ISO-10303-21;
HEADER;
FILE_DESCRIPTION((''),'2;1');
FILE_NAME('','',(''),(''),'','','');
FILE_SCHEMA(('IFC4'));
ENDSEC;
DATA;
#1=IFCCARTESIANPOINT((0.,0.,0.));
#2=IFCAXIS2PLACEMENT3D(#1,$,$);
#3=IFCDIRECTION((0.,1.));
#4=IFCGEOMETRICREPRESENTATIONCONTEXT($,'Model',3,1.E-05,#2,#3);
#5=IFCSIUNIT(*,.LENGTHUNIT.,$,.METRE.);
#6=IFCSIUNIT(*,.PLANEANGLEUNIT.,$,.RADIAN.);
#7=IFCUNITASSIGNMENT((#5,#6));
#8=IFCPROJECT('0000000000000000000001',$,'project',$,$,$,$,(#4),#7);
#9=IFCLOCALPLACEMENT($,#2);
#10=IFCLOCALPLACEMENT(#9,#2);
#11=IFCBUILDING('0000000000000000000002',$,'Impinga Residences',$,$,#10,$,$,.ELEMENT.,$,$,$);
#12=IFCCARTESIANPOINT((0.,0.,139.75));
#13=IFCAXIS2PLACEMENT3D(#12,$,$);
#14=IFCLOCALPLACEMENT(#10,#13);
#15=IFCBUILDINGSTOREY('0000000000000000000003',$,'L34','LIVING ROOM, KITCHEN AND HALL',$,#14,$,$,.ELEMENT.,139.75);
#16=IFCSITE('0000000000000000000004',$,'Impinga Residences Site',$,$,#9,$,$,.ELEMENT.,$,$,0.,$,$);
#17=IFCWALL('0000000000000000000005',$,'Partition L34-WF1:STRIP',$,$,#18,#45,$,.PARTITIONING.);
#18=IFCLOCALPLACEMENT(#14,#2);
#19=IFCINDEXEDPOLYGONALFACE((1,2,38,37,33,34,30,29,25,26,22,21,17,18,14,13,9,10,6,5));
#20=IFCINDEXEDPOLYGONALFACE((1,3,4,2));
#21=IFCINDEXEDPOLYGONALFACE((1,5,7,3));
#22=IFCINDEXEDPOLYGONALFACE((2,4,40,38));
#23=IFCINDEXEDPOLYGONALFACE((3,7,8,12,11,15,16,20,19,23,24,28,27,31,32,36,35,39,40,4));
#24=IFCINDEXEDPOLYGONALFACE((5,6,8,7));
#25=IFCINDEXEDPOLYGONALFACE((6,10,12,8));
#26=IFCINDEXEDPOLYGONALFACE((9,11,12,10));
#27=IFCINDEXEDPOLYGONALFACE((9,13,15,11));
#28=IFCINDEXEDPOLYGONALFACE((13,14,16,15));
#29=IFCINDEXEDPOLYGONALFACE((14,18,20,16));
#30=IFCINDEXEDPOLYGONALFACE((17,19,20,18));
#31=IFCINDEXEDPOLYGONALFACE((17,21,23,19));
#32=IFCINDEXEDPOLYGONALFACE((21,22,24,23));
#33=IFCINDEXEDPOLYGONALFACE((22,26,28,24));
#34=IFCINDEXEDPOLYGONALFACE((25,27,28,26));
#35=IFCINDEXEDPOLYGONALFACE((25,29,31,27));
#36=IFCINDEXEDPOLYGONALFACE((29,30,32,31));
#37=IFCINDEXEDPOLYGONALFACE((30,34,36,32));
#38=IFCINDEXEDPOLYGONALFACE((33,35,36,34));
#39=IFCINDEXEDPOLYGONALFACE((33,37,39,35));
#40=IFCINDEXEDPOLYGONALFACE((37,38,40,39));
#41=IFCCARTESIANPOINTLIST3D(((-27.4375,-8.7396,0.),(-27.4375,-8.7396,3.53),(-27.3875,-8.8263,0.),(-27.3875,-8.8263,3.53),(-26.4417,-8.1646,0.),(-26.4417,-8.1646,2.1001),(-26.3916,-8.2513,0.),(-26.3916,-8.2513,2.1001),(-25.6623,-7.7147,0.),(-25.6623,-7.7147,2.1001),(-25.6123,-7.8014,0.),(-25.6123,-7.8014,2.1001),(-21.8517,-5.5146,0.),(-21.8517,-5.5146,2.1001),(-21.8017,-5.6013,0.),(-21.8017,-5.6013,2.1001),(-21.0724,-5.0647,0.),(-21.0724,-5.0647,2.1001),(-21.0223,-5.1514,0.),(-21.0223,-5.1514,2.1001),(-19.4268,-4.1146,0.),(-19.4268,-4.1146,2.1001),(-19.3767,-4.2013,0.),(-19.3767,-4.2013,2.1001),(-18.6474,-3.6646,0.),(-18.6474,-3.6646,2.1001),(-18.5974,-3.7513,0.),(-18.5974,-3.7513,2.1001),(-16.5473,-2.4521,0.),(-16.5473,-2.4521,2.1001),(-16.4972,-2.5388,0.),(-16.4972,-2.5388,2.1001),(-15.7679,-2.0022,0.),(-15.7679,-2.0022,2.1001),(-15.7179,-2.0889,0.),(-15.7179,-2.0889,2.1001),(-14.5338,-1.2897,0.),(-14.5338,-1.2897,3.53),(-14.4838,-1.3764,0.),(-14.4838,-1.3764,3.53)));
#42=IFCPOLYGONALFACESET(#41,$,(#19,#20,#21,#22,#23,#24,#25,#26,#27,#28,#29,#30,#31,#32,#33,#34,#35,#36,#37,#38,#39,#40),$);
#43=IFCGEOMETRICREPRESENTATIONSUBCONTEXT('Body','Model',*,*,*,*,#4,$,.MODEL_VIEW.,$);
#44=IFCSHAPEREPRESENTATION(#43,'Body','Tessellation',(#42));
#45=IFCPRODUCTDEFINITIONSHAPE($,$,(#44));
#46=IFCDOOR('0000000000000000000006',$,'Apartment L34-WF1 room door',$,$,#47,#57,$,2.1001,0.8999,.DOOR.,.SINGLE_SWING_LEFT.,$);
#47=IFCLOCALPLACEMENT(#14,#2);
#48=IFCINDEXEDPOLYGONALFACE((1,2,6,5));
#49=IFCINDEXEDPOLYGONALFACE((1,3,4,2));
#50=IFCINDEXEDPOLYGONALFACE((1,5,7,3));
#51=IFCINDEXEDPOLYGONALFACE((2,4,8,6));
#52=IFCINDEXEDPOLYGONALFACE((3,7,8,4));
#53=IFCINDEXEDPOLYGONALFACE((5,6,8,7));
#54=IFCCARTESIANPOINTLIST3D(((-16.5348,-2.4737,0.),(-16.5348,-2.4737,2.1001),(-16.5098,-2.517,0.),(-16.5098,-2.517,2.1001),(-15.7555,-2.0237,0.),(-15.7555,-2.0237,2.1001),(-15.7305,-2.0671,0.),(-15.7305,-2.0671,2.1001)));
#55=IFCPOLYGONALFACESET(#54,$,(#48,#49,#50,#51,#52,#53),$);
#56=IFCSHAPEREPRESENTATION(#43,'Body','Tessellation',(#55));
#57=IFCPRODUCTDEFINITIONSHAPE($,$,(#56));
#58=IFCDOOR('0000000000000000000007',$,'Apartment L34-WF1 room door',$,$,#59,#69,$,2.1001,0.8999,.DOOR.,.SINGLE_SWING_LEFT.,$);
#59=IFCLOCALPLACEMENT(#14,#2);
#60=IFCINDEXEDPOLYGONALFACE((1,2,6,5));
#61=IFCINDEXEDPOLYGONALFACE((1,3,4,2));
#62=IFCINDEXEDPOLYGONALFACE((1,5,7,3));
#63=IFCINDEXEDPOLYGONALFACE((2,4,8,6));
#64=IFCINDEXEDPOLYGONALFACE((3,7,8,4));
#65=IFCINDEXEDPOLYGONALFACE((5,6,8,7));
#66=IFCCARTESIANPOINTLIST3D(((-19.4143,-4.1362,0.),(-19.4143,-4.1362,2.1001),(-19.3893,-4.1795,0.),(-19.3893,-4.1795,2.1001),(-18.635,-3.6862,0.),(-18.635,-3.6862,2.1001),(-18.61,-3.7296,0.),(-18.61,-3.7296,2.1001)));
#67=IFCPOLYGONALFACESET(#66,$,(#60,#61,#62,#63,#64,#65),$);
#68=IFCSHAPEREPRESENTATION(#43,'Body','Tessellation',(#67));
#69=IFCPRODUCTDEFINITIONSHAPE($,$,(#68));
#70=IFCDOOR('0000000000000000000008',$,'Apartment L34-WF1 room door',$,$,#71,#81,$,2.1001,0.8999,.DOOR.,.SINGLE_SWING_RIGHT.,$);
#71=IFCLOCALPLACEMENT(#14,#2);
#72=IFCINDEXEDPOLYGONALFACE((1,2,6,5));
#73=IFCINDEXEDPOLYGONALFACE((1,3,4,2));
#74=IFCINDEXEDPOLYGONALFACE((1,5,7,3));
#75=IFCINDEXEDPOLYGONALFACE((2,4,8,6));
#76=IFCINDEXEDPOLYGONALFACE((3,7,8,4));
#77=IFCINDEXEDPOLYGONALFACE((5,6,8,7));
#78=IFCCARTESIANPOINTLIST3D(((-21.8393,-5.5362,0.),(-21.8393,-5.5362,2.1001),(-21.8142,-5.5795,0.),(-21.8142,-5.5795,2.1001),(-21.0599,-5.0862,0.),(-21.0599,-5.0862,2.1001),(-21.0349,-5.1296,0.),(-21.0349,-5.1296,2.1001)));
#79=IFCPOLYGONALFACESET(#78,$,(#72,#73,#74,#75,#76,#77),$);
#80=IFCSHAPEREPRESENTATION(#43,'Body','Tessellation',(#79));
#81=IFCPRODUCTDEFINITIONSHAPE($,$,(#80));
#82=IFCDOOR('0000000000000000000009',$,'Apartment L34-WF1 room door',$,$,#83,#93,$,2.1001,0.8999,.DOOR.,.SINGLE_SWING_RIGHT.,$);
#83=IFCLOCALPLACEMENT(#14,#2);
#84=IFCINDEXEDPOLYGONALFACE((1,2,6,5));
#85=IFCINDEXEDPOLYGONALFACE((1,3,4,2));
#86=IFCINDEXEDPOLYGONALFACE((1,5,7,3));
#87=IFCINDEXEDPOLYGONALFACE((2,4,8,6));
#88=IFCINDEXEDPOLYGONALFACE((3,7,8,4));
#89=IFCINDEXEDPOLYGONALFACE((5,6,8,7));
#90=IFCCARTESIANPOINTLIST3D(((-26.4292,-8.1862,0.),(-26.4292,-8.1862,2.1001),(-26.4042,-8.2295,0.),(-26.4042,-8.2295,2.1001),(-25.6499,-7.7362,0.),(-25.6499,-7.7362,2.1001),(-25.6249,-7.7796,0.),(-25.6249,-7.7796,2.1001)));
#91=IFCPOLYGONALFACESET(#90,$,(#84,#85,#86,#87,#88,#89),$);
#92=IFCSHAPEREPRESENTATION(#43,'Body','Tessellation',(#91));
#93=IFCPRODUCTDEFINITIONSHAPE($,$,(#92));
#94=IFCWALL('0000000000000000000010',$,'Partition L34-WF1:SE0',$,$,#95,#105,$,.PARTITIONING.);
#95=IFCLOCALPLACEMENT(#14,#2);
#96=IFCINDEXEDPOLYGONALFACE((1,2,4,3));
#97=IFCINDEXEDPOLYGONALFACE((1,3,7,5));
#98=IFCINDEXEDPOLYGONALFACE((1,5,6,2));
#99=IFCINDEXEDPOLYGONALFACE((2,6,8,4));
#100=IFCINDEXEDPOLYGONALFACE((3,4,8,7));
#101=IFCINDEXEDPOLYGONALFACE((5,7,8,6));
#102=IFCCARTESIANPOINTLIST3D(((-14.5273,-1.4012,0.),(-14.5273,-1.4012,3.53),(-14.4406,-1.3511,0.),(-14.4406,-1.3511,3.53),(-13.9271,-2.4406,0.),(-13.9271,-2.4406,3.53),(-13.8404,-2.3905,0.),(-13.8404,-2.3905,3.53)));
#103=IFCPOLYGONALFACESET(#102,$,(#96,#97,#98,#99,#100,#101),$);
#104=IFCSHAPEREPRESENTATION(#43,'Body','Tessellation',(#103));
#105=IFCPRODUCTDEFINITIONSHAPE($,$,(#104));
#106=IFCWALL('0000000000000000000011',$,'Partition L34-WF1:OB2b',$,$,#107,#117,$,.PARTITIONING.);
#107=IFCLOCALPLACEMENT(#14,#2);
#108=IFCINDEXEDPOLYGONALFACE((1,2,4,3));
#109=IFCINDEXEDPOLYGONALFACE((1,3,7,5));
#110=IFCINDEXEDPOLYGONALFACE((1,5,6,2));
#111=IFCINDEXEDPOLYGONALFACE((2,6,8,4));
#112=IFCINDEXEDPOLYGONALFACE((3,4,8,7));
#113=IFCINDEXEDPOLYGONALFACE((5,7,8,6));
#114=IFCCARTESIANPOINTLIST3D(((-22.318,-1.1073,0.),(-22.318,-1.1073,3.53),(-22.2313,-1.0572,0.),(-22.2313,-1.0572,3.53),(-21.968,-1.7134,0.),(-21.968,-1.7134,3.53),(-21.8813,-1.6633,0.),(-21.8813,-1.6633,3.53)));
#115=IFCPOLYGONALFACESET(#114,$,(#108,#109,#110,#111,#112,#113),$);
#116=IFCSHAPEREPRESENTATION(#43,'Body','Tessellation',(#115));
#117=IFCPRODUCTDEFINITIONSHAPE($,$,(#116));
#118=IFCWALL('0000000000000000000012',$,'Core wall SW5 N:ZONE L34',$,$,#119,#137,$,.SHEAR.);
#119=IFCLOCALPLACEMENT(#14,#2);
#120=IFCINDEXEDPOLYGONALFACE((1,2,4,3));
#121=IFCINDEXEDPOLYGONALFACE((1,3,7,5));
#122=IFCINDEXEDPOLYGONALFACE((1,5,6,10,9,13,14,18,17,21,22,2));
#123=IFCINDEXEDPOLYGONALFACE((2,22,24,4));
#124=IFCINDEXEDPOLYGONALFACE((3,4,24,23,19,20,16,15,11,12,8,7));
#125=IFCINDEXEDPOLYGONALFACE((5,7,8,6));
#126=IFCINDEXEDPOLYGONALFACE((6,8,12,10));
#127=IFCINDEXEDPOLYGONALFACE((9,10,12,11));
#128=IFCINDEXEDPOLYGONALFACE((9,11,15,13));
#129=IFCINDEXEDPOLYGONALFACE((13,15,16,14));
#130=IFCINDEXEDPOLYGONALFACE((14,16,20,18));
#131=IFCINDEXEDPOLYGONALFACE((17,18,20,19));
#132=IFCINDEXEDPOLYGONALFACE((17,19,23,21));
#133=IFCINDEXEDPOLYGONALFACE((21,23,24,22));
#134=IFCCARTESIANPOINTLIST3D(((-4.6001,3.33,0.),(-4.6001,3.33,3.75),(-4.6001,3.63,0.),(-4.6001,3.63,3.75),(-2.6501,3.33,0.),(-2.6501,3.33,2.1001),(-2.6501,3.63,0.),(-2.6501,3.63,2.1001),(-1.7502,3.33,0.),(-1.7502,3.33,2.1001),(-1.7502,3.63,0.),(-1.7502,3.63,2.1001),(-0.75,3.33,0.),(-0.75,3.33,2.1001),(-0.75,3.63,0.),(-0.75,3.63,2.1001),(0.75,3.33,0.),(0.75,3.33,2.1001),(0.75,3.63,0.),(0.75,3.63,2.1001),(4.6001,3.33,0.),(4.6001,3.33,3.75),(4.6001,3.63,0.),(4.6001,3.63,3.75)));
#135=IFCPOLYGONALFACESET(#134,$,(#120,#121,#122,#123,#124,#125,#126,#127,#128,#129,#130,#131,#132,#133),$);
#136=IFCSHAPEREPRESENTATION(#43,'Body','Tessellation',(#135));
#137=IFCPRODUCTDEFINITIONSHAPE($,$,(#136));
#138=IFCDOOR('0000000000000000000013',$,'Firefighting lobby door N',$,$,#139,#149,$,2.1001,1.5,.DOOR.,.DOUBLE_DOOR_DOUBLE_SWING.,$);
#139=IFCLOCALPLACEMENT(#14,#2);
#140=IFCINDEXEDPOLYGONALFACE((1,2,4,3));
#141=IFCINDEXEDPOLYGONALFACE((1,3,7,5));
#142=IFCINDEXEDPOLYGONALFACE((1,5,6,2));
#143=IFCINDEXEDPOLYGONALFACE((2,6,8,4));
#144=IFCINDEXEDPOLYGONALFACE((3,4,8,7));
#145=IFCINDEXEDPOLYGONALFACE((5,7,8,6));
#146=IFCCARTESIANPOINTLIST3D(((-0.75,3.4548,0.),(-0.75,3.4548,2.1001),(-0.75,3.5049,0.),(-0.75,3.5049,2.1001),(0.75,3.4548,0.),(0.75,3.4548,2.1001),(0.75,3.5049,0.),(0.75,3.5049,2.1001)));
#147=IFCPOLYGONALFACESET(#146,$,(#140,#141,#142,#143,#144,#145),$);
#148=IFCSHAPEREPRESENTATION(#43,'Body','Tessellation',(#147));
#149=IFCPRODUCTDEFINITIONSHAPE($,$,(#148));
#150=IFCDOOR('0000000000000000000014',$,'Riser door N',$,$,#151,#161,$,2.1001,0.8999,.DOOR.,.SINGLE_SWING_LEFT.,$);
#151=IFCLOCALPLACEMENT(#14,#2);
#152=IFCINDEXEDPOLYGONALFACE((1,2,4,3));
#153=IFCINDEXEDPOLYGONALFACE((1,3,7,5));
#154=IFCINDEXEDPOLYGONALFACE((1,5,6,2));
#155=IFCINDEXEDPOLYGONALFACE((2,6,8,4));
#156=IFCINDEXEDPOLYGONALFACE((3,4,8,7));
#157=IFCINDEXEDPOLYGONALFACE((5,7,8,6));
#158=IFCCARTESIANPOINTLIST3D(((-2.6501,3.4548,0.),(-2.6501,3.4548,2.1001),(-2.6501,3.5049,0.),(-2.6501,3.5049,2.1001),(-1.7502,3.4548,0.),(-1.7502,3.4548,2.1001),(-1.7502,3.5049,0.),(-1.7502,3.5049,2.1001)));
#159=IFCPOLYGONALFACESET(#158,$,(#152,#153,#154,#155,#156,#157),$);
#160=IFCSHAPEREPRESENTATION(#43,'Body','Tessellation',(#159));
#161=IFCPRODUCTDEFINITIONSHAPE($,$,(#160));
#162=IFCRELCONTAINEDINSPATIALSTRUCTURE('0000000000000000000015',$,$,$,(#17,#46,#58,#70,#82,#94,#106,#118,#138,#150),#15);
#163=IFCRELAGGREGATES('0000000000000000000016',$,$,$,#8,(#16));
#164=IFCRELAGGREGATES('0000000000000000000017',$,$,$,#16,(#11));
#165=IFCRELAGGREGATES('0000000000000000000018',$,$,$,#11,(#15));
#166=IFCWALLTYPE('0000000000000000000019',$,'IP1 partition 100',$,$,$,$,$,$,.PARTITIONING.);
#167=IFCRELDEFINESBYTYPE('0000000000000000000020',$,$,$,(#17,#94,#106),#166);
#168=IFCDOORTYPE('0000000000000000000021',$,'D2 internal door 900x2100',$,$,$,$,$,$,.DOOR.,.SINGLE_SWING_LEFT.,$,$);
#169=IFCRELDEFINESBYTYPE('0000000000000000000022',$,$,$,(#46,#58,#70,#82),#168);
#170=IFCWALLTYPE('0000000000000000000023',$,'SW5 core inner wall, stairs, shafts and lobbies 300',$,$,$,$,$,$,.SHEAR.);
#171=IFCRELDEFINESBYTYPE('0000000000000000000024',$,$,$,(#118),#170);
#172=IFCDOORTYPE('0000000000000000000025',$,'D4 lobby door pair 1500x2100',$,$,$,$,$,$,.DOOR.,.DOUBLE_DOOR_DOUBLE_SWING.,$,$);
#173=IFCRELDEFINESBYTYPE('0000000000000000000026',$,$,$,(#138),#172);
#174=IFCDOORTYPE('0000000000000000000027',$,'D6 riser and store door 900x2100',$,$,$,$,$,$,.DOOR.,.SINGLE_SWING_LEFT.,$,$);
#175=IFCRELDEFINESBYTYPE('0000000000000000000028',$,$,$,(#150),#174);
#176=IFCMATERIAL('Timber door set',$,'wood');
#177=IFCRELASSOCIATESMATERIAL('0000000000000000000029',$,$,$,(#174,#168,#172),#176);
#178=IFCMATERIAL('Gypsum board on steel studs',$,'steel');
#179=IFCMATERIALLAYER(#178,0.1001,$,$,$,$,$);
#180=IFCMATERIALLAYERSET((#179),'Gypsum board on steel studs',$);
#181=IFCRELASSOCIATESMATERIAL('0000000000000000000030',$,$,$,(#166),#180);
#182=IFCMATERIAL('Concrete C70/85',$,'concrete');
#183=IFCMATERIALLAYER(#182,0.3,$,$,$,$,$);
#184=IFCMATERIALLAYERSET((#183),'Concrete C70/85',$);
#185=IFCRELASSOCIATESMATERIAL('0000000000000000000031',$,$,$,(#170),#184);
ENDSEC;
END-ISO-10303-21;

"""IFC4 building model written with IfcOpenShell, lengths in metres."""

from ifc_helpers import new_model, si_unit, direction, frame, frame_2d, origin, place, context, subcontext, project, spatial, rectangle, extrude, material, layer, layer_set, type_object, element, fill, save


model = new_model("IFC4")

# Units and contexts
model_context = context("Model", 3, precision=1e-05, world=origin(), true_north=direction((0.0, 1.0)))
body_context = subcontext(model_context, "Body", "Model", "MODEL_VIEW")
ifc_project = project(units=[si_unit("LENGTHUNIT", "METRE"), si_unit("PLANEANGLEUNIT", "RADIAN")], contexts=[model_context])

# Site, building, storey
site_placement = place(None, origin())
site = spatial("IfcSite", under=ifc_project, at=site_placement, Name="Impinga Residences Site", CompositionType="ELEMENT", RefElevation=0.0)
building_placement = place(site_placement, origin())
building = spatial("IfcBuilding", under=site, at=building_placement, Name="Impinga Residences", CompositionType="ELEMENT")
storey_placement = place(building_placement, frame((0.0, 0.0, 139.75)))
storey = spatial("IfcBuildingStorey", under=building, at=storey_placement, Name="L34", Description="LIVING ROOM, KITCHEN AND HALL", CompositionType="ELEMENT", Elevation=139.75)

# Shared definitions
ifc_material_1 = material(Name="Timber door set", Category="wood")
door_type_1 = type_object("IfcDoorType", Name="D6 riser and store door 900x2100", OperationType="SINGLE_SWING_LEFT", PredefinedType="DOOR", material=ifc_material_1)

# Shared definitions
ifc_material_2 = material(Name="Gypsum board on steel studs", Category="steel")
ifc_layer_1 = layer(ifc_material_2, 0.1001)
ifc_layer_set_1 = layer_set([ifc_layer_1], Name="Gypsum board on steel studs")
wall_type_1 = type_object("IfcWallType", Name="IP1 partition 100", PredefinedType="PARTITIONING", material=ifc_layer_set_1)

# Wall, openings, doors
wall_1_placement = place(storey_placement, frame((-14.5088, -1.333, 0.0), z_axis=(0.0, 0.0, 1.0), x_axis=(-0.866027, -0.499997, 0.0)))
wall_1 = element("IfcWall", 1, at=wall_1_placement, inside=storey, type_object=wall_type_1, Name="Partition L34-WF1:STRIP", PredefinedType="PARTITIONING", context=body_context, shape_type="SweptSolid", body=[
    extrude(rectangle(XDim=14.8999, YDim=0.1001, at=frame_2d((7.45, 0.0))), origin(), (0.0, 0.0, 1.0), 3.53),
])
opening_1_placement = place(wall_1_placement, frame((1.425, 0.0, 0.0)))
opening_1 = element("IfcOpeningElement", 2, at=opening_1_placement, cuts=wall_1, PredefinedType="OPENING", context=body_context, shape_type="SweptSolid", body=[
    extrude(rectangle(XDim=0.8999, YDim=2.1001, at=frame_2d((0.45, 1.05))), frame((0.0, 0.0601, 0.0), z_axis=(0.0, -1.0, 0.0), x_axis=(1.0, 0.0, 0.0)), (0.0, 0.0, 1.0), 0.1201),
])
opening_2_placement = place(wall_1_placement, frame((4.75, 0.0, 0.0)))
opening_2 = element("IfcOpeningElement", 3, at=opening_2_placement, cuts=wall_1, PredefinedType="OPENING", context=body_context, shape_type="SweptSolid", body=[
    extrude(rectangle(XDim=0.8999, YDim=2.1001, at=frame_2d((0.45, 1.05))), frame((0.0, 0.0601, 0.0), z_axis=(0.0, -1.0, 0.0), x_axis=(1.0, 0.0, 0.0)), (0.0, 0.0, 1.0), 0.1201),
])
opening_3_placement = place(wall_1_placement, frame((7.55, 0.0, 0.0)))
opening_3 = element("IfcOpeningElement", 4, at=opening_3_placement, cuts=wall_1, PredefinedType="OPENING", context=body_context, shape_type="SweptSolid", body=[
    extrude(rectangle(XDim=0.8999, YDim=2.1001, at=frame_2d((0.45, 1.05))), frame((0.0, 0.0601, 0.0), z_axis=(0.0, -1.0, 0.0), x_axis=(1.0, 0.0, 0.0)), (0.0, 0.0, 1.0), 0.1201),
])
opening_4_placement = place(wall_1_placement, frame((12.8501, 0.0, 0.0)))
opening_4 = element("IfcOpeningElement", 5, at=opening_4_placement, cuts=wall_1, PredefinedType="OPENING", context=body_context, shape_type="SweptSolid", body=[
    extrude(rectangle(XDim=0.8999, YDim=2.1001, at=frame_2d((0.45, 1.05))), frame((0.0, 0.0601, 0.0), z_axis=(0.0, -1.0, 0.0), x_axis=(1.0, 0.0, 0.0)), (0.0, 0.0, 1.0), 0.1201),
])
door_type_2 = type_object("IfcDoorType", Name="D2 internal door 900x2100", OperationType="SINGLE_SWING_LEFT", PredefinedType="DOOR", material=ifc_material_1)
door_1_placement = place(opening_1_placement, origin())
door_1 = element("IfcDoor", 6, at=door_1_placement, inside=storey, type_object=door_type_2, Name="Apartment L34-WF1 room door", OperationType="SINGLE_SWING_LEFT", OverallHeight=2.1001, OverallWidth=0.8999, PredefinedType="DOOR", context=body_context, shape_type="SweptSolid", body=[
    extrude(rectangle(XDim=0.8999, YDim=2.1001, at=frame_2d((0.45, 1.05))), frame((0.0, 0.0249, 0.0), z_axis=(0.0, -1.0, 0.0), x_axis=(1.0, 0.0, 0.0)), (0.0, 0.0, 1.0), 0.05),
])
fill(opening_1, door_1)
door_2_placement = place(opening_2_placement, origin())
door_2 = element("IfcDoor", 7, at=door_2_placement, inside=storey, type_object=door_type_2, Name="Apartment L34-WF1 room door", OperationType="SINGLE_SWING_LEFT", OverallHeight=2.1001, OverallWidth=0.8999, PredefinedType="DOOR", context=body_context, shape_type="SweptSolid", body=[
    extrude(rectangle(XDim=0.8999, YDim=2.1001, at=frame_2d((0.45, 1.05))), frame((0.0, 0.0249, 0.0), z_axis=(0.0, -1.0, 0.0), x_axis=(1.0, 0.0, 0.0)), (0.0, 0.0, 1.0), 0.05),
])
fill(opening_2, door_2)
door_3_placement = place(opening_3_placement, origin())
door_3 = element("IfcDoor", 8, at=door_3_placement, inside=storey, type_object=door_type_2, Name="Apartment L34-WF1 room door", OperationType="SINGLE_SWING_RIGHT", OverallHeight=2.1001, OverallWidth=0.8999, PredefinedType="DOOR", context=body_context, shape_type="SweptSolid", body=[
    extrude(rectangle(XDim=0.8999, YDim=2.1001, at=frame_2d((0.45, 1.05))), frame((0.0, 0.0249, 0.0), z_axis=(0.0, -1.0, 0.0), x_axis=(1.0, 0.0, 0.0)), (0.0, 0.0, 1.0), 0.05),
])
fill(opening_3, door_3)
door_4_placement = place(opening_4_placement, origin())
door_4 = element("IfcDoor", 9, at=door_4_placement, inside=storey, type_object=door_type_2, Name="Apartment L34-WF1 room door", OperationType="SINGLE_SWING_RIGHT", OverallHeight=2.1001, OverallWidth=0.8999, PredefinedType="DOOR", context=body_context, shape_type="SweptSolid", body=[
    extrude(rectangle(XDim=0.8999, YDim=2.1001, at=frame_2d((0.45, 1.05))), frame((0.0, 0.0249, 0.0), z_axis=(0.0, -1.0, 0.0), x_axis=(1.0, 0.0, 0.0)), (0.0, 0.0, 1.0), 0.05),
])
fill(opening_4, door_4)

# Walls
wall_2_placement = place(storey_placement, frame((-13.8838, -2.4155, 0.0), z_axis=(0.0, 0.0, 1.0), x_axis=(-0.500034, 0.866006, 0.0)))
element("IfcWall", 10, at=wall_2_placement, inside=storey, type_object=wall_type_1, Name="Partition L34-WF1:SE0", PredefinedType="PARTITIONING", context=body_context, shape_type="SweptSolid", body=[
    extrude(rectangle(XDim=1.2002, YDim=0.1001, at=frame_2d((0.6001, 0.0))), origin(), (0.0, 0.0, 1.0), 3.53),
])
wall_3_placement = place(storey_placement, frame((-21.9246, -1.6885, 0.0), z_axis=(0.0, 0.0, 1.0), x_axis=(-0.500115, 0.865959, 0.0)))
element("IfcWall", 11, at=wall_3_placement, inside=storey, type_object=wall_type_1, Name="Partition L34-WF1:OB2b", PredefinedType="PARTITIONING", context=body_context, shape_type="SweptSolid", body=[
    extrude(rectangle(XDim=0.7, YDim=0.1001, at=frame_2d((0.3501, 0.0))), origin(), (0.0, 0.0, 1.0), 3.53),
])

# Wall, openings, doors
ifc_material_3 = material(Name="Concrete C70/85", Category="concrete")
ifc_layer_2 = layer(ifc_material_3, 0.3)
ifc_layer_set_2 = layer_set([ifc_layer_2], Name="Concrete C70/85")
wall_type_2 = type_object("IfcWallType", Name="SW5 core inner wall, stairs, shafts and lobbies 300", PredefinedType="SHEAR", material=ifc_layer_set_2)
wall_4_placement = place(storey_placement, frame((-4.6001, 3.48, 0.0), z_axis=(0.0, 0.0, 1.0), x_axis=(1.0, 0.0, 0.0)))
wall_4 = element("IfcWall", 12, at=wall_4_placement, inside=storey, type_object=wall_type_2, Name="Core wall SW5 N:ZONE L34", PredefinedType="SHEAR", context=body_context, shape_type="SweptSolid", body=[
    extrude(rectangle(XDim=9.2002, YDim=0.3, at=frame_2d((4.6001, 0.0))), origin(), (0.0, 0.0, 1.0), 3.75),
])
opening_5_placement = place(wall_4_placement, frame((3.8501, 0.0, 0.0)))
opening_5 = element("IfcOpeningElement", 13, at=opening_5_placement, cuts=wall_4, PredefinedType="OPENING", context=body_context, shape_type="SweptSolid", body=[
    extrude(rectangle(XDim=1.5, YDim=2.1001, at=frame_2d((0.75, 1.05))), frame((0.0, 0.1599, 0.0), z_axis=(0.0, -1.0, 0.0), x_axis=(1.0, 0.0, 0.0)), (0.0, 0.0, 1.0), 0.3201),
])
opening_6_placement = place(wall_4_placement, frame((1.95, 0.0, 0.0)))
opening_6 = element("IfcOpeningElement", 14, at=opening_6_placement, cuts=wall_4, PredefinedType="OPENING", context=body_context, shape_type="SweptSolid", body=[
    extrude(rectangle(XDim=0.8999, YDim=2.1001, at=frame_2d((0.45, 1.05))), frame((0.0, 0.1599, 0.0), z_axis=(0.0, -1.0, 0.0), x_axis=(1.0, 0.0, 0.0)), (0.0, 0.0, 1.0), 0.3201),
])
door_type_3 = type_object("IfcDoorType", Name="D4 lobby door pair 1500x2100", OperationType="DOUBLE_DOOR_DOUBLE_SWING", PredefinedType="DOOR", material=ifc_material_1)
door_5_placement = place(opening_5_placement, origin())
door_5 = element("IfcDoor", 15, at=door_5_placement, inside=storey, type_object=door_type_3, Name="Firefighting lobby door N", OperationType="DOUBLE_DOOR_DOUBLE_SWING", OverallHeight=2.1001, OverallWidth=1.5, PredefinedType="DOOR", context=body_context, shape_type="SweptSolid", body=[
    extrude(rectangle(XDim=1.5, YDim=2.1001, at=frame_2d((0.75, 1.05))), frame((0.0, 0.0249, 0.0), z_axis=(0.0, -1.0, 0.0), x_axis=(1.0, 0.0, 0.0)), (0.0, 0.0, 1.0), 0.05),
])
fill(opening_5, door_5)
door_6_placement = place(opening_6_placement, origin())
door_6 = element("IfcDoor", 16, at=door_6_placement, inside=storey, type_object=door_type_1, Name="Riser door N", OperationType="SINGLE_SWING_LEFT", OverallHeight=2.1001, OverallWidth=0.8999, PredefinedType="DOOR", context=body_context, shape_type="SweptSolid", body=[
    extrude(rectangle(XDim=0.8999, YDim=2.1001, at=frame_2d((0.45, 1.05))), frame((0.0, 0.0249, 0.0), z_axis=(0.0, -1.0, 0.0), x_axis=(1.0, 0.0, 0.0)), (0.0, 0.0, 1.0), 0.05),
])
fill(opening_6, door_6)

save(model, "model.ifc")
